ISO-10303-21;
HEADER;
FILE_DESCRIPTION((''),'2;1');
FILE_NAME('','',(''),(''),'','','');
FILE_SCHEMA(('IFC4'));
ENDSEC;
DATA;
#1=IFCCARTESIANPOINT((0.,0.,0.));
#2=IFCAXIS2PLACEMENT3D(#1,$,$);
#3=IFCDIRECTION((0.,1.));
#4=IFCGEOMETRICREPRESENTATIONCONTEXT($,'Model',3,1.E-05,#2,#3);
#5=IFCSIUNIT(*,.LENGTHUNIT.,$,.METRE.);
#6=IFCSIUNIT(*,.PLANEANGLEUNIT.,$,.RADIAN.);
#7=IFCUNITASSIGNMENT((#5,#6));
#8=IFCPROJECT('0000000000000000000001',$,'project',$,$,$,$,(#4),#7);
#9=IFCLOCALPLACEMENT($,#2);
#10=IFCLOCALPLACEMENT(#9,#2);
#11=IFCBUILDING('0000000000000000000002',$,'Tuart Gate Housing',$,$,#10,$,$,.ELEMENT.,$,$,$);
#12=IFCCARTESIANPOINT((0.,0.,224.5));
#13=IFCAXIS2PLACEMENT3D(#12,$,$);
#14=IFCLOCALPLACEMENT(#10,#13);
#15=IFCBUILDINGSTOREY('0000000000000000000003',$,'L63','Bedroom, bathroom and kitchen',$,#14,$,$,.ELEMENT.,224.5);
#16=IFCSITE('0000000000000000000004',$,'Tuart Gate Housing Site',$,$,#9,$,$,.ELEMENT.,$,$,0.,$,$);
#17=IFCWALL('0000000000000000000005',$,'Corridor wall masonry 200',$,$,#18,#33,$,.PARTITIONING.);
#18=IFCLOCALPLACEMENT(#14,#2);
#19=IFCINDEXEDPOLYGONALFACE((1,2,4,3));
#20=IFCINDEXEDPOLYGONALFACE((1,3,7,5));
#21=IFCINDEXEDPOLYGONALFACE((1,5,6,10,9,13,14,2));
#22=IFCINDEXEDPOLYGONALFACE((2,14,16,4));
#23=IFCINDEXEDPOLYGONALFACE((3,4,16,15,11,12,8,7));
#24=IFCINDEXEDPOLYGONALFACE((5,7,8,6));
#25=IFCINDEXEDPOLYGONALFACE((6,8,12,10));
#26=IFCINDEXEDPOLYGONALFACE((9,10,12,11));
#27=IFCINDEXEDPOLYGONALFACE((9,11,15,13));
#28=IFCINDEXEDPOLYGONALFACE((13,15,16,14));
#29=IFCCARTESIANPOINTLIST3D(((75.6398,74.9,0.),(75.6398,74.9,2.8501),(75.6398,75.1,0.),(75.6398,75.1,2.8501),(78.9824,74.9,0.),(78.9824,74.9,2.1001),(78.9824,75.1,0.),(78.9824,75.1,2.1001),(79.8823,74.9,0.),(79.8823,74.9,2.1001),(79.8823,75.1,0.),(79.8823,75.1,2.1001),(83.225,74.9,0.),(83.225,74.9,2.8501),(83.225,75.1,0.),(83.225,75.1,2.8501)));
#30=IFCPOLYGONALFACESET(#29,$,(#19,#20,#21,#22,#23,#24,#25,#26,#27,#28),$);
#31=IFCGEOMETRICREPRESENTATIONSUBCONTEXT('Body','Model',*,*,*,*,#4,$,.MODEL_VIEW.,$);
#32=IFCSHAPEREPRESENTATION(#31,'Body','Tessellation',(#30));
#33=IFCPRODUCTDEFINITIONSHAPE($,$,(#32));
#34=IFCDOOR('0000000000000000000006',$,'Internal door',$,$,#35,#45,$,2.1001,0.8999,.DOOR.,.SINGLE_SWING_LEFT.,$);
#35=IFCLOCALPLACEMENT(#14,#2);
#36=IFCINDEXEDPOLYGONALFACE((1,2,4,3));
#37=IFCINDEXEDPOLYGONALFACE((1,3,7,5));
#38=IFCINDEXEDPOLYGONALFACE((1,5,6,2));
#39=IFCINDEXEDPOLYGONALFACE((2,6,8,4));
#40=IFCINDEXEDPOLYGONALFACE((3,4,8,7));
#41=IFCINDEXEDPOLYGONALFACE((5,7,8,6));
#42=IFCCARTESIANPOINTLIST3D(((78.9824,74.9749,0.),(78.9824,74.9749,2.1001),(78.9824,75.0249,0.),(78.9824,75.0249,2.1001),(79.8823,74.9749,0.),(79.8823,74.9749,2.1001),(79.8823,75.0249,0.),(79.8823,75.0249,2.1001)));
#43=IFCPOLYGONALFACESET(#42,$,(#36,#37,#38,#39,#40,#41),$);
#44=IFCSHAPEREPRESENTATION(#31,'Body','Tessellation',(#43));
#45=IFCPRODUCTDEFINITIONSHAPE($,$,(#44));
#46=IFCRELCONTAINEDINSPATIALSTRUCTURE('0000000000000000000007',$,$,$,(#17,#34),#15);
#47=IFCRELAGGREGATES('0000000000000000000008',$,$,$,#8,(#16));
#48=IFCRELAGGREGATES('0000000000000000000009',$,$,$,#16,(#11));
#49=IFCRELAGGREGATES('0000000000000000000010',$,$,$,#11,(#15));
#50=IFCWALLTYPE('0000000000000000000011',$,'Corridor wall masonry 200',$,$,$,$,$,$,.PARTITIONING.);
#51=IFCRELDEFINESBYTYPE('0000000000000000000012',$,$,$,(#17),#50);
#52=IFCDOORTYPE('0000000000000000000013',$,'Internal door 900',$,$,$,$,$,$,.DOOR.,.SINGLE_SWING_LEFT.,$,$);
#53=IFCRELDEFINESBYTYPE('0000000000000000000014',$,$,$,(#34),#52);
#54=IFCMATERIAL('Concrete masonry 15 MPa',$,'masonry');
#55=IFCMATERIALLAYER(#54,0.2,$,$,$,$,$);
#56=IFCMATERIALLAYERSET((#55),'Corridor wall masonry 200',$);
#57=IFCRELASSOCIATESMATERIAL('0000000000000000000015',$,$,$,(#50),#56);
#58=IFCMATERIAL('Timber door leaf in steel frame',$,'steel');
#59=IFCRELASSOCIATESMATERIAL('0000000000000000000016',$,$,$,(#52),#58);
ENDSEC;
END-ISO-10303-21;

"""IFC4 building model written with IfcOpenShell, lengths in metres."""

from ifc_helpers import new_model, si_unit, direction, frame, frame_2d, origin, place, context, subcontext, project, spatial, rectangle, extrude, material, layer, layer_set, type_object, element, fill, save


model = new_model("IFC4")

# Units and contexts
model_context = context("Model", 3, precision=1e-05, world=origin(), true_north=direction((0.0, 1.0)))
body_context = subcontext(model_context, "Body", "Model", "MODEL_VIEW")
ifc_project = project(units=[si_unit("LENGTHUNIT", "METRE"), si_unit("PLANEANGLEUNIT", "RADIAN")], contexts=[model_context])

# Site, building, storey
site_placement = place(None, origin())
site = spatial("IfcSite", under=ifc_project, at=site_placement, Name="Tuart Gate Housing Site", CompositionType="ELEMENT", RefElevation=0.0)
building_placement = place(site_placement, origin())
building = spatial("IfcBuilding", under=site, at=building_placement, Name="Tuart Gate Housing", CompositionType="ELEMENT")
storey_placement = place(building_placement, frame((0.0, 0.0, 224.5)))
storey = spatial("IfcBuildingStorey", under=building, at=storey_placement, Name="L63", Description="Bedroom, bathroom and kitchen", CompositionType="ELEMENT", Elevation=224.5)

# Shared definitions
ifc_material_1 = material(Name="Concrete masonry 15 MPa", Category="masonry")
ifc_layer_1 = layer(ifc_material_1, 0.2)
ifc_layer_set_1 = layer_set([ifc_layer_1], Name="Corridor wall masonry 200")
wall_type_1 = type_object("IfcWallType", Name="Corridor wall masonry 200", PredefinedType="PARTITIONING", material=ifc_layer_set_1)

# Wall, opening, door
wall_1_placement = place(storey_placement, frame((75.6399, 75.0, 0.0), z_axis=(0.0, 0.0, 1.0), x_axis=(1.0, 0.0, 0.0)))
wall_1 = element("IfcWall", 1, at=wall_1_placement, inside=storey, type_object=wall_type_1, Name="Corridor wall masonry 200", PredefinedType="PARTITIONING", context=body_context, shape_type="SweptSolid", body=[
    extrude(rectangle(XDim=7.5852, YDim=0.2, at=frame_2d((3.7925, 0.0))), origin(), (0.0, 0.0, 1.0), 2.8501),
])
opening_1_placement = place(wall_1_placement, frame((3.3425, 0.0, 0.0)))
opening_1 = element("IfcOpeningElement", 2, at=opening_1_placement, cuts=wall_1, PredefinedType="OPENING", context=body_context, shape_type="SweptSolid", body=[
    extrude(rectangle(XDim=0.8999, YDim=2.1001, at=frame_2d((0.45, 1.05))), frame((0.0, 0.1099, 0.0), z_axis=(0.0, -1.0, 0.0), x_axis=(1.0, 0.0, 0.0)), (0.0, 0.0, 1.0), 0.22),
])
ifc_material_2 = material(Name="Timber door leaf in steel frame", Category="steel")
door_type_1 = type_object("IfcDoorType", Name="Internal door 900", OperationType="SINGLE_SWING_LEFT", PredefinedType="DOOR", material=ifc_material_2)
door_1_placement = place(opening_1_placement, origin())
door_1 = element("IfcDoor", 3, at=door_1_placement, inside=storey, type_object=door_type_1, Name="Internal door", OperationType="SINGLE_SWING_LEFT", OverallHeight=2.1001, OverallWidth=0.8999, PredefinedType="DOOR", context=body_context, shape_type="SweptSolid", body=[
    extrude(rectangle(XDim=0.8999, YDim=2.1001, at=frame_2d((0.45, 1.05))), frame((0.0, 0.0249, 0.0), z_axis=(0.0, -1.0, 0.0), x_axis=(1.0, 0.0, 0.0)), (0.0, 0.0, 1.0), 0.05),
])
fill(opening_1, door_1)

save(model, "model.ifc")
